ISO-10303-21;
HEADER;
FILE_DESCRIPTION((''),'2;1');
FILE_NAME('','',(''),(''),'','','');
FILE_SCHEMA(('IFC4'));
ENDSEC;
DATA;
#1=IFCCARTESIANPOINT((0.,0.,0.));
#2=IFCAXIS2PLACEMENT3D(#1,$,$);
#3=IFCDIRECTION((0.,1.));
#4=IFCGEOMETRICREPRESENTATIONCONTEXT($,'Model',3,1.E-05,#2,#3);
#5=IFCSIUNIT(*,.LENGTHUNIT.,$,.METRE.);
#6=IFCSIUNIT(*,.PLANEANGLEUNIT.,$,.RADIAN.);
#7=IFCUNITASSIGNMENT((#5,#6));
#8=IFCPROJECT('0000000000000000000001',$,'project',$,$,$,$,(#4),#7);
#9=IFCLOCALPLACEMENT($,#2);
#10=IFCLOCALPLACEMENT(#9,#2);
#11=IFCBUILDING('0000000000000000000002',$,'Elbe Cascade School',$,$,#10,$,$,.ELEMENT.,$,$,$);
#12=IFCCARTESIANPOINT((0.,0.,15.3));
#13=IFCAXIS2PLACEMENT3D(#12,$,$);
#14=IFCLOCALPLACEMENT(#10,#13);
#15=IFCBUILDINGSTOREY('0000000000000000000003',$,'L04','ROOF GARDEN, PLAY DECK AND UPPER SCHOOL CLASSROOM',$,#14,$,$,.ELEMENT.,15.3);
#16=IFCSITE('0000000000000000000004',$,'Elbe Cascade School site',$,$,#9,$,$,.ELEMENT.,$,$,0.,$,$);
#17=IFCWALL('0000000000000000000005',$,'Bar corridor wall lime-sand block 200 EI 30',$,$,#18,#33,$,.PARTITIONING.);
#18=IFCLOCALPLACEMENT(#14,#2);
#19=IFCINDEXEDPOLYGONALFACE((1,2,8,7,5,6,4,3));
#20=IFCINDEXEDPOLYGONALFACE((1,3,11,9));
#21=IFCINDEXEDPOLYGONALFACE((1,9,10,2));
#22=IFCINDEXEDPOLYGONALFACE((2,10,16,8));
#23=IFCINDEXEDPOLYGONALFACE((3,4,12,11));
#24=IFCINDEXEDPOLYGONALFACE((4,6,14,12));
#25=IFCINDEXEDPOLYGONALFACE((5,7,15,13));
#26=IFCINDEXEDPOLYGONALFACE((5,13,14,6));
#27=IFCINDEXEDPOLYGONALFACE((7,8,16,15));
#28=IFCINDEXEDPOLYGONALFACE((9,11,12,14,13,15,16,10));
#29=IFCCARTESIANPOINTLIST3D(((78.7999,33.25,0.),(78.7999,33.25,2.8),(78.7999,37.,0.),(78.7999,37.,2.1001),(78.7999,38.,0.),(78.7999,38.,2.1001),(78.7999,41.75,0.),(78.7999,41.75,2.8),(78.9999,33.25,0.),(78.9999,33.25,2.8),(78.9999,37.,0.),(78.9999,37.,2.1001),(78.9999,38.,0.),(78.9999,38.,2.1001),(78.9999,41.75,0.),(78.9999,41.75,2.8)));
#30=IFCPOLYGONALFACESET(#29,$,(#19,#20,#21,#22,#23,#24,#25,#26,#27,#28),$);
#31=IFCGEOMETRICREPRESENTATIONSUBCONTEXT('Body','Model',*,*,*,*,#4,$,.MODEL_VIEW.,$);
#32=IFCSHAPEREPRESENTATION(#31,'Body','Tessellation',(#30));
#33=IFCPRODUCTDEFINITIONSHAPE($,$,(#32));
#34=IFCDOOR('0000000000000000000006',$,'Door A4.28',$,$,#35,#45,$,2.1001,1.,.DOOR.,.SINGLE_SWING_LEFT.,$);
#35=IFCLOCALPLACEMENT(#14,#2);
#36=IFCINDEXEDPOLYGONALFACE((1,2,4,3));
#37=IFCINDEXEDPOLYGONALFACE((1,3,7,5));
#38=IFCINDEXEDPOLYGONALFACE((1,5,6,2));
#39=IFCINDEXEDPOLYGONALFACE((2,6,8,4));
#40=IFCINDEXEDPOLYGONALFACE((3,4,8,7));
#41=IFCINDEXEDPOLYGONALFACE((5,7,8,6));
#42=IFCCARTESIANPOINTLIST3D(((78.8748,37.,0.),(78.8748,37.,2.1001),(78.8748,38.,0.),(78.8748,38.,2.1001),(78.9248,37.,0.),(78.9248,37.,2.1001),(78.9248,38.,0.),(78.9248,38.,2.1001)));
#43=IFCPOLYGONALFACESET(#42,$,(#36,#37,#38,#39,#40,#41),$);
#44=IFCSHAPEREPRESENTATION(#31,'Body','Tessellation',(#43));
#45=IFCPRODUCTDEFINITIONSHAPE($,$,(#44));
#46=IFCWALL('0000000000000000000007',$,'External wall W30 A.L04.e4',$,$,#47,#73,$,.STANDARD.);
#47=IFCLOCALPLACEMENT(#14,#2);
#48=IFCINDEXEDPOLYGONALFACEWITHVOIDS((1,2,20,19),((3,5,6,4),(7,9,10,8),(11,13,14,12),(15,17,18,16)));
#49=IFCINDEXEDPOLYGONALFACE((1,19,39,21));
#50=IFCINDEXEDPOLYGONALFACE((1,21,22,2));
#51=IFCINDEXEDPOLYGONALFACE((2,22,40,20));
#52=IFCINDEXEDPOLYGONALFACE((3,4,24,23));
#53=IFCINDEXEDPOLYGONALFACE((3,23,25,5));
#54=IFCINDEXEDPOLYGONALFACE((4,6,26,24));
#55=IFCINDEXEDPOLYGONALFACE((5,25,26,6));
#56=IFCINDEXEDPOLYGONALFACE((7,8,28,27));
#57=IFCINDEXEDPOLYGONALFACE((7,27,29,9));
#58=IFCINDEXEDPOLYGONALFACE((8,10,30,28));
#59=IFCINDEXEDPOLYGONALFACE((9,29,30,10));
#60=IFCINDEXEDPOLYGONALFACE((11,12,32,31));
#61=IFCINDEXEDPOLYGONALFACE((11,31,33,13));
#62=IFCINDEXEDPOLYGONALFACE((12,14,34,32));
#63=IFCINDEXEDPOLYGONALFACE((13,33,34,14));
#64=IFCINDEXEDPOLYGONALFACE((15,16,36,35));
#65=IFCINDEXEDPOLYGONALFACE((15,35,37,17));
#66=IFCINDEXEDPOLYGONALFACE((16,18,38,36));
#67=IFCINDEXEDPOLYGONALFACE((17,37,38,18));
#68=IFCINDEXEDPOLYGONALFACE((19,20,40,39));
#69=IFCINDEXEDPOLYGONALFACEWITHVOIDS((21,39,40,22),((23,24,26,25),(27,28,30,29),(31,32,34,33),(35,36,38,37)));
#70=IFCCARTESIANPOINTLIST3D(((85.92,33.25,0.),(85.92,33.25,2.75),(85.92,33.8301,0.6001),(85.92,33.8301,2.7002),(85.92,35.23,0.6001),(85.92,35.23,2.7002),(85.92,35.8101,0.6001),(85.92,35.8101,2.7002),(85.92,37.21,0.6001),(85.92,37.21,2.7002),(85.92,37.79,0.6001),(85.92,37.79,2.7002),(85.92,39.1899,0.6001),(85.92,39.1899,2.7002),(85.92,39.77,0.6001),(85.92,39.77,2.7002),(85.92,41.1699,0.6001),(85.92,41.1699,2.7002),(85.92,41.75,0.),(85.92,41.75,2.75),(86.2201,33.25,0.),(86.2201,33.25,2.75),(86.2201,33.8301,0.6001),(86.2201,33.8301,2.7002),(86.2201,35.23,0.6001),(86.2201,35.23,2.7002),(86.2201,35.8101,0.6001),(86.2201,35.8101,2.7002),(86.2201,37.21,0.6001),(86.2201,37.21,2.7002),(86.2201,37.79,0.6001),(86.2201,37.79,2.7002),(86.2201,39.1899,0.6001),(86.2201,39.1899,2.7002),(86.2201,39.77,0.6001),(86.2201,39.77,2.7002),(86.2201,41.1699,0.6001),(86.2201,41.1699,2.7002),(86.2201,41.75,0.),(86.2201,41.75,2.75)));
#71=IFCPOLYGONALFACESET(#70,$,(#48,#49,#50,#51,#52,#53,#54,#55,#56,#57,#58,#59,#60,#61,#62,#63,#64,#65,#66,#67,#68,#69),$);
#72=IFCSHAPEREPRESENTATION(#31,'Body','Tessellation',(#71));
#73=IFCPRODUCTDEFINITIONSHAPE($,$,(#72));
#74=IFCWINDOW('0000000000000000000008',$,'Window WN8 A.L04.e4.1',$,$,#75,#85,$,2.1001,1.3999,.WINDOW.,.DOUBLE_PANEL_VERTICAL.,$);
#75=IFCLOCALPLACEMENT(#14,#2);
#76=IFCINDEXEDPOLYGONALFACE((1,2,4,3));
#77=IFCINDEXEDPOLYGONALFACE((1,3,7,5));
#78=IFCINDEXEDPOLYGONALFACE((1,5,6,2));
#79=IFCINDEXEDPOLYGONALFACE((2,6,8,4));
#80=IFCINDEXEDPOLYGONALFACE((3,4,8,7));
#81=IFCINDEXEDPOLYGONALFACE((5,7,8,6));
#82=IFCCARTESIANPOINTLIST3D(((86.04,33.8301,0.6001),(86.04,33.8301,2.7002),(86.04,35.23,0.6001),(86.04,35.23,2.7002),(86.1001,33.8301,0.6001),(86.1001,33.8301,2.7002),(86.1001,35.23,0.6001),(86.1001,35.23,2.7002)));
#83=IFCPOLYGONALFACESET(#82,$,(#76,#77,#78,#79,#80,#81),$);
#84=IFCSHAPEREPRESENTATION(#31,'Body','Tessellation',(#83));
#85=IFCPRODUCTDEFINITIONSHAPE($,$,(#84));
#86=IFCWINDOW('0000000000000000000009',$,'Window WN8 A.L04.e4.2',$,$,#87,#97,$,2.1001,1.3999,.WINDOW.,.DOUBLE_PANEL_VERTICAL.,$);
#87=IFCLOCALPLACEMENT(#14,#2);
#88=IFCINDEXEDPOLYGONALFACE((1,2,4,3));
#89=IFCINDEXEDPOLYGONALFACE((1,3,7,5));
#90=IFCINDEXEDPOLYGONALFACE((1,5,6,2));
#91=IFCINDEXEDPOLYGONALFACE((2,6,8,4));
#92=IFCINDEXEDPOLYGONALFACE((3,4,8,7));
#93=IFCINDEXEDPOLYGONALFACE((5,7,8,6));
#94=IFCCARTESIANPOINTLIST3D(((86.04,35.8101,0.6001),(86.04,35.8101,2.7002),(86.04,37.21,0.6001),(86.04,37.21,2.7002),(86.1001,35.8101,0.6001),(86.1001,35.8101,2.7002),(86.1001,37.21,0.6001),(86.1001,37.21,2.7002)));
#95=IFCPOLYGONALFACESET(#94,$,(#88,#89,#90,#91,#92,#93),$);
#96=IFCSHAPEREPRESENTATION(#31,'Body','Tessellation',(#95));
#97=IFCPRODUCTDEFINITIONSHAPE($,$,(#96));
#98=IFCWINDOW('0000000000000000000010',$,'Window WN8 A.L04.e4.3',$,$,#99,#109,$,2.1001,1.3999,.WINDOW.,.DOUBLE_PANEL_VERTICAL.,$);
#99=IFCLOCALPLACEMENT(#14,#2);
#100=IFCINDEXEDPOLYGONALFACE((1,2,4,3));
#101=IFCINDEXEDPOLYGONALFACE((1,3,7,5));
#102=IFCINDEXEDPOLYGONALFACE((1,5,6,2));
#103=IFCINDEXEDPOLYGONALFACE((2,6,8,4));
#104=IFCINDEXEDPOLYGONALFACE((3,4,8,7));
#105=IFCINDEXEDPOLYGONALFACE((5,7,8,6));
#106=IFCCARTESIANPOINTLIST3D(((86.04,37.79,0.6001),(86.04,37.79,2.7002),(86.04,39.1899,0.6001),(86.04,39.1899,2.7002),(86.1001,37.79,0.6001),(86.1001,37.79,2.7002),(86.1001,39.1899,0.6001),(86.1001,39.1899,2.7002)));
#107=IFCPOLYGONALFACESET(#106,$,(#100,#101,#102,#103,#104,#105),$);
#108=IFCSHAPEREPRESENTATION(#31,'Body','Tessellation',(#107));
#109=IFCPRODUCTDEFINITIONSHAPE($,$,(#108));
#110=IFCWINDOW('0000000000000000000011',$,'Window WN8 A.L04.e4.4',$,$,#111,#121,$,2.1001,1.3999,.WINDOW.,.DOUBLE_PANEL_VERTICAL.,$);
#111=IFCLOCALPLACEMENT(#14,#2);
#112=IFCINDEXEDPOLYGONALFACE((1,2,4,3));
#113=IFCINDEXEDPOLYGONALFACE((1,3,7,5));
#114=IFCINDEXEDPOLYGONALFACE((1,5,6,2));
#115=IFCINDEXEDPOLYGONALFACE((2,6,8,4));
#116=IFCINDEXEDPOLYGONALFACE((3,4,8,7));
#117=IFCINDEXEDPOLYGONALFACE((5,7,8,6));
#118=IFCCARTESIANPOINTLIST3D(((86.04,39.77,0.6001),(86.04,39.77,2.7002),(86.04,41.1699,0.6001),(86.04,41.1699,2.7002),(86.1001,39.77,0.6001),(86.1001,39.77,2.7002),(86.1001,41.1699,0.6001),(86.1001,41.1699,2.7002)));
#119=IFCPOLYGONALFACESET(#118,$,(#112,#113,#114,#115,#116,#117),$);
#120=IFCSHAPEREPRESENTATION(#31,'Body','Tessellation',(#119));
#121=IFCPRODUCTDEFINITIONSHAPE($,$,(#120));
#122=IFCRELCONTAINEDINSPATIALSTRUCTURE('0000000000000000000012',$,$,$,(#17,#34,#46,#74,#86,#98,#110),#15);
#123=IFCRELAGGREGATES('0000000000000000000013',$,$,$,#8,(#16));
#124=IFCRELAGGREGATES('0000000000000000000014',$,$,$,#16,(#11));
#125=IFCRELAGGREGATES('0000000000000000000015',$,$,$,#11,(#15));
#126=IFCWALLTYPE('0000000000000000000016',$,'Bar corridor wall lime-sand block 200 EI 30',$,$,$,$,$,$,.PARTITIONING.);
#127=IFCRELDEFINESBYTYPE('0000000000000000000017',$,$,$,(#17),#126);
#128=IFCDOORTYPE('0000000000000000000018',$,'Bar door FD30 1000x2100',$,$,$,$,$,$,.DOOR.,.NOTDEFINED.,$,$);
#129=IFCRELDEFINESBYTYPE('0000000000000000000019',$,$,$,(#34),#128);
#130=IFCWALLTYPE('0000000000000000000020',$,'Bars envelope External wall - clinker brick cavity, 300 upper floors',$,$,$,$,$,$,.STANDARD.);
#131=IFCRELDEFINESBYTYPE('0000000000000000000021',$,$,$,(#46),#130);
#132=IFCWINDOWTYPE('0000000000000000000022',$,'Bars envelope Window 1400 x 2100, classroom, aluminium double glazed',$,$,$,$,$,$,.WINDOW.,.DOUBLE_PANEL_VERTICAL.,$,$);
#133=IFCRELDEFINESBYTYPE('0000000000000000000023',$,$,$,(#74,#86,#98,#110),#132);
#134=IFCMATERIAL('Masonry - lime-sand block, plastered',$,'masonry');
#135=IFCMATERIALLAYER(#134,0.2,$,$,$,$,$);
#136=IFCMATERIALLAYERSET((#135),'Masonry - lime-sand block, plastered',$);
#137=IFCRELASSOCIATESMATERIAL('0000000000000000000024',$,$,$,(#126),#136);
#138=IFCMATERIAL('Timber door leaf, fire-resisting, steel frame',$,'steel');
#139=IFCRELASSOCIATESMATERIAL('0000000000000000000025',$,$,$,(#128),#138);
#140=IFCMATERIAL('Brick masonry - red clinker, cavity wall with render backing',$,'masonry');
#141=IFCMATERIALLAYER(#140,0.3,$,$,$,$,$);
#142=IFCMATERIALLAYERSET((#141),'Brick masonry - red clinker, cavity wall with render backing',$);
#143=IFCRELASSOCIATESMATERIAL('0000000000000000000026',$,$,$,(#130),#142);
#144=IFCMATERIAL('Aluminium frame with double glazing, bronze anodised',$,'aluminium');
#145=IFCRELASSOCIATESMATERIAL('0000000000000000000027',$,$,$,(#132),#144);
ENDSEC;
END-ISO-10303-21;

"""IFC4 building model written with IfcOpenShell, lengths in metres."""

from ifc_helpers import new_model, si_unit, direction, frame, frame_2d, origin, place, context, subcontext, project, spatial, rectangle, extrude, material, layer, layer_set, type_object, element, fill, save


model = new_model("IFC4")

# Units and contexts
model_context = context("Model", 3, precision=1e-05, world=origin(), true_north=direction((0.0, 1.0)))
body_context = subcontext(model_context, "Body", "Model", "MODEL_VIEW")
ifc_project = project(units=[si_unit("LENGTHUNIT", "METRE"), si_unit("PLANEANGLEUNIT", "RADIAN")], contexts=[model_context])

# Site, building, storey
site_placement = place(None, origin())
site = spatial("IfcSite", under=ifc_project, at=site_placement, Name="Elbe Cascade School site", CompositionType="ELEMENT", RefElevation=0.0)
building_placement = place(site_placement, origin())
building = spatial("IfcBuilding", under=site, at=building_placement, Name="Elbe Cascade School", CompositionType="ELEMENT")
storey_placement = place(building_placement, frame((0.0, 0.0, 15.3)))
storey = spatial("IfcBuildingStorey", under=building, at=storey_placement, Name="L04", Description="ROOF GARDEN, PLAY DECK AND UPPER SCHOOL CLASSROOM", CompositionType="ELEMENT", Elevation=15.3)

# Wall, opening, door
ifc_material_1 = material(Name="Masonry - lime-sand block, plastered", Category="masonry")
ifc_layer_1 = layer(ifc_material_1, 0.2)
ifc_layer_set_1 = layer_set([ifc_layer_1], Name="Masonry - lime-sand block, plastered")
wall_type_1 = type_object("IfcWallType", Name="Bar corridor wall lime-sand block 200 EI 30", PredefinedType="PARTITIONING", material=ifc_layer_set_1)
wall_1_placement = place(storey_placement, frame((78.8999, 41.75, 0.0), z_axis=(0.0, 0.0, 1.0), x_axis=(0.0, -1.0, 0.0)))
wall_1 = element("IfcWall", 1, at=wall_1_placement, inside=storey, type_object=wall_type_1, Name="Bar corridor wall lime-sand block 200 EI 30", PredefinedType="PARTITIONING", context=body_context, shape_type="SweptSolid", body=[
    extrude(rectangle(XDim=8.5, YDim=0.2, at=frame_2d((4.25, 0.0))), origin(), (0.0, 0.0, 1.0), 2.8),
])
opening_1_placement = place(wall_1_placement, frame((3.75, 0.0, 0.0)))
opening_1 = element("IfcOpeningElement", 2, at=opening_1_placement, cuts=wall_1, PredefinedType="OPENING", context=body_context, shape_type="SweptSolid", body=[
    extrude(rectangle(XDim=1.0, YDim=2.1001, at=frame_2d((0.5, 1.05))), frame((0.0, 0.1099, 0.0), z_axis=(0.0, -1.0, 0.0), x_axis=(1.0, 0.0, 0.0)), (0.0, 0.0, 1.0), 0.22),
])
ifc_material_2 = material(Name="Timber door leaf, fire-resisting, steel frame", Category="steel")
door_type = type_object("IfcDoorType", Name="Bar door FD30 1000x2100", OperationType="NOTDEFINED", PredefinedType="DOOR", material=ifc_material_2)
door_placement = place(opening_1_placement, origin())
door = element("IfcDoor", 3, at=door_placement, inside=storey, type_object=door_type, Name="Door A4.28", OperationType="SINGLE_SWING_LEFT", OverallHeight=2.1001, OverallWidth=1.0, PredefinedType="DOOR", context=body_context, shape_type="SweptSolid", body=[
    extrude(rectangle(XDim=1.0, YDim=2.1001, at=frame_2d((0.5, 1.05))), frame((0.0, 0.0249, 0.0), z_axis=(0.0, -1.0, 0.0), x_axis=(1.0, 0.0, 0.0)), (0.0, 0.0, 1.0), 0.05),
])
fill(opening_1, door)

# Wall, openings, windows
ifc_material_3 = material(Name="Brick masonry - red clinker, cavity wall with render backing", Category="masonry")
ifc_layer_2 = layer(ifc_material_3, 0.3)
ifc_layer_set_2 = layer_set([ifc_layer_2], Name="Brick masonry - red clinker, cavity wall with render backing")
wall_type_2 = type_object("IfcWallType", Name="Bars envelope External wall - clinker brick cavity, 300 upper floors", PredefinedType="STANDARD", material=ifc_layer_set_2)
wall_2_placement = place(storey_placement, frame((86.0701, 41.75, 0.0), z_axis=(0.0, 0.0, 1.0), x_axis=(0.0, -1.0, 0.0)))
wall_2 = element("IfcWall", 4, at=wall_2_placement, inside=storey, type_object=wall_type_2, Name="External wall W30 A.L04.e4", PredefinedType="STANDARD", context=body_context, shape_type="SweptSolid", body=[
    extrude(rectangle(XDim=8.5, YDim=0.3, at=frame_2d((4.25, 0.0))), origin(), (0.0, 0.0, 1.0), 2.75),
])
opening_2_placement = place(wall_2_placement, frame((6.52, 0.0, 0.6001)))
opening_2 = element("IfcOpeningElement", 5, at=opening_2_placement, cuts=wall_2, PredefinedType="OPENING", context=body_context, shape_type="SweptSolid", body=[
    extrude(rectangle(XDim=1.3999, YDim=2.1001, at=frame_2d((0.7, 1.05))), frame((0.0, 0.1599, 0.0), z_axis=(0.0, -1.0, 0.0), x_axis=(1.0, 0.0, 0.0)), (0.0, 0.0, 1.0), 0.3201),
])
opening_3_placement = place(wall_2_placement, frame((4.54, 0.0, 0.6001)))
opening_3 = element("IfcOpeningElement", 6, at=opening_3_placement, cuts=wall_2, PredefinedType="OPENING", context=body_context, shape_type="SweptSolid", body=[
    extrude(rectangle(XDim=1.3999, YDim=2.1001, at=frame_2d((0.7, 1.05))), frame((0.0, 0.1599, 0.0), z_axis=(0.0, -1.0, 0.0), x_axis=(1.0, 0.0, 0.0)), (0.0, 0.0, 1.0), 0.3201),
])
opening_4_placement = place(wall_2_placement, frame((2.5601, 0.0, 0.6001)))
opening_4 = element("IfcOpeningElement", 7, at=opening_4_placement, cuts=wall_2, PredefinedType="OPENING", context=body_context, shape_type="SweptSolid", body=[
    extrude(rectangle(XDim=1.3999, YDim=2.1001, at=frame_2d((0.7, 1.05))), frame((0.0, 0.1599, 0.0), z_axis=(0.0, -1.0, 0.0), x_axis=(1.0, 0.0, 0.0)), (0.0, 0.0, 1.0), 0.3201),
])
opening_5_placement = place(wall_2_placement, frame((0.5801, 0.0, 0.6001)))
opening_5 = element("IfcOpeningElement", 8, at=opening_5_placement, cuts=wall_2, PredefinedType="OPENING", context=body_context, shape_type="SweptSolid", body=[
    extrude(rectangle(XDim=1.3999, YDim=2.1001, at=frame_2d((0.7, 1.05))), frame((0.0, 0.1599, 0.0), z_axis=(0.0, -1.0, 0.0), x_axis=(1.0, 0.0, 0.0)), (0.0, 0.0, 1.0), 0.3201),
])
ifc_material_4 = material(Name="Aluminium frame with double glazing, bronze anodised", Category="aluminium")
window_type = type_object("IfcWindowType", Name="Bars envelope Window 1400 x 2100, classroom, aluminium double glazed", PartitioningType="DOUBLE_PANEL_VERTICAL", PredefinedType="WINDOW", material=ifc_material_4)
window_1_placement = place(opening_2_placement, origin())
window_1 = element("IfcWindow", 9, at=window_1_placement, inside=storey, type_object=window_type, Name="Window WN8 A.L04.e4.1", OverallHeight=2.1001, OverallWidth=1.3999, PartitioningType="DOUBLE_PANEL_VERTICAL", PredefinedType="WINDOW", context=body_context, shape_type="SweptSolid", body=[
    extrude(rectangle(XDim=1.3999, YDim=2.1001, at=frame_2d((0.7, 1.05))), frame((0.0, 0.03, 0.0), z_axis=(0.0, -1.0, 0.0), x_axis=(1.0, 0.0, 0.0)), (0.0, 0.0, 1.0), 0.0601),
])
fill(opening_2, window_1)
window_2_placement = place(opening_3_placement, origin())
window_2 = element("IfcWindow", 10, at=window_2_placement, inside=storey, type_object=window_type, Name="Window WN8 A.L04.e4.2", OverallHeight=2.1001, OverallWidth=1.3999, PartitioningType="DOUBLE_PANEL_VERTICAL", PredefinedType="WINDOW", context=body_context, shape_type="SweptSolid", body=[
    extrude(rectangle(XDim=1.3999, YDim=2.1001, at=frame_2d((0.7, 1.05))), frame((0.0, 0.03, 0.0), z_axis=(0.0, -1.0, 0.0), x_axis=(1.0, 0.0, 0.0)), (0.0, 0.0, 1.0), 0.0601),
])
fill(opening_3, window_2)
window_3_placement = place(opening_4_placement, origin())
window_3 = element("IfcWindow", 11, at=window_3_placement, inside=storey, type_object=window_type, Name="Window WN8 A.L04.e4.3", OverallHeight=2.1001, OverallWidth=1.3999, PartitioningType="DOUBLE_PANEL_VERTICAL", PredefinedType="WINDOW", context=body_context, shape_type="SweptSolid", body=[
    extrude(rectangle(XDim=1.3999, YDim=2.1001, at=frame_2d((0.7, 1.05))), frame((0.0, 0.03, 0.0), z_axis=(0.0, -1.0, 0.0), x_axis=(1.0, 0.0, 0.0)), (0.0, 0.0, 1.0), 0.0601),
])
fill(opening_4, window_3)
window_4_placement = place(opening_5_placement, origin())
window_4 = element("IfcWindow", 12, at=window_4_placement, inside=storey, type_object=window_type, Name="Window WN8 A.L04.e4.4", OverallHeight=2.1001, OverallWidth=1.3999, PartitioningType="DOUBLE_PANEL_VERTICAL", PredefinedType="WINDOW", context=body_context, shape_type="SweptSolid", body=[
    extrude(rectangle(XDim=1.3999, YDim=2.1001, at=frame_2d((0.7, 1.05))), frame((0.0, 0.03, 0.0), z_axis=(0.0, -1.0, 0.0), x_axis=(1.0, 0.0, 0.0)), (0.0, 0.0, 1.0), 0.0601),
])
fill(opening_5, window_4)

save(model, "model.ifc")
